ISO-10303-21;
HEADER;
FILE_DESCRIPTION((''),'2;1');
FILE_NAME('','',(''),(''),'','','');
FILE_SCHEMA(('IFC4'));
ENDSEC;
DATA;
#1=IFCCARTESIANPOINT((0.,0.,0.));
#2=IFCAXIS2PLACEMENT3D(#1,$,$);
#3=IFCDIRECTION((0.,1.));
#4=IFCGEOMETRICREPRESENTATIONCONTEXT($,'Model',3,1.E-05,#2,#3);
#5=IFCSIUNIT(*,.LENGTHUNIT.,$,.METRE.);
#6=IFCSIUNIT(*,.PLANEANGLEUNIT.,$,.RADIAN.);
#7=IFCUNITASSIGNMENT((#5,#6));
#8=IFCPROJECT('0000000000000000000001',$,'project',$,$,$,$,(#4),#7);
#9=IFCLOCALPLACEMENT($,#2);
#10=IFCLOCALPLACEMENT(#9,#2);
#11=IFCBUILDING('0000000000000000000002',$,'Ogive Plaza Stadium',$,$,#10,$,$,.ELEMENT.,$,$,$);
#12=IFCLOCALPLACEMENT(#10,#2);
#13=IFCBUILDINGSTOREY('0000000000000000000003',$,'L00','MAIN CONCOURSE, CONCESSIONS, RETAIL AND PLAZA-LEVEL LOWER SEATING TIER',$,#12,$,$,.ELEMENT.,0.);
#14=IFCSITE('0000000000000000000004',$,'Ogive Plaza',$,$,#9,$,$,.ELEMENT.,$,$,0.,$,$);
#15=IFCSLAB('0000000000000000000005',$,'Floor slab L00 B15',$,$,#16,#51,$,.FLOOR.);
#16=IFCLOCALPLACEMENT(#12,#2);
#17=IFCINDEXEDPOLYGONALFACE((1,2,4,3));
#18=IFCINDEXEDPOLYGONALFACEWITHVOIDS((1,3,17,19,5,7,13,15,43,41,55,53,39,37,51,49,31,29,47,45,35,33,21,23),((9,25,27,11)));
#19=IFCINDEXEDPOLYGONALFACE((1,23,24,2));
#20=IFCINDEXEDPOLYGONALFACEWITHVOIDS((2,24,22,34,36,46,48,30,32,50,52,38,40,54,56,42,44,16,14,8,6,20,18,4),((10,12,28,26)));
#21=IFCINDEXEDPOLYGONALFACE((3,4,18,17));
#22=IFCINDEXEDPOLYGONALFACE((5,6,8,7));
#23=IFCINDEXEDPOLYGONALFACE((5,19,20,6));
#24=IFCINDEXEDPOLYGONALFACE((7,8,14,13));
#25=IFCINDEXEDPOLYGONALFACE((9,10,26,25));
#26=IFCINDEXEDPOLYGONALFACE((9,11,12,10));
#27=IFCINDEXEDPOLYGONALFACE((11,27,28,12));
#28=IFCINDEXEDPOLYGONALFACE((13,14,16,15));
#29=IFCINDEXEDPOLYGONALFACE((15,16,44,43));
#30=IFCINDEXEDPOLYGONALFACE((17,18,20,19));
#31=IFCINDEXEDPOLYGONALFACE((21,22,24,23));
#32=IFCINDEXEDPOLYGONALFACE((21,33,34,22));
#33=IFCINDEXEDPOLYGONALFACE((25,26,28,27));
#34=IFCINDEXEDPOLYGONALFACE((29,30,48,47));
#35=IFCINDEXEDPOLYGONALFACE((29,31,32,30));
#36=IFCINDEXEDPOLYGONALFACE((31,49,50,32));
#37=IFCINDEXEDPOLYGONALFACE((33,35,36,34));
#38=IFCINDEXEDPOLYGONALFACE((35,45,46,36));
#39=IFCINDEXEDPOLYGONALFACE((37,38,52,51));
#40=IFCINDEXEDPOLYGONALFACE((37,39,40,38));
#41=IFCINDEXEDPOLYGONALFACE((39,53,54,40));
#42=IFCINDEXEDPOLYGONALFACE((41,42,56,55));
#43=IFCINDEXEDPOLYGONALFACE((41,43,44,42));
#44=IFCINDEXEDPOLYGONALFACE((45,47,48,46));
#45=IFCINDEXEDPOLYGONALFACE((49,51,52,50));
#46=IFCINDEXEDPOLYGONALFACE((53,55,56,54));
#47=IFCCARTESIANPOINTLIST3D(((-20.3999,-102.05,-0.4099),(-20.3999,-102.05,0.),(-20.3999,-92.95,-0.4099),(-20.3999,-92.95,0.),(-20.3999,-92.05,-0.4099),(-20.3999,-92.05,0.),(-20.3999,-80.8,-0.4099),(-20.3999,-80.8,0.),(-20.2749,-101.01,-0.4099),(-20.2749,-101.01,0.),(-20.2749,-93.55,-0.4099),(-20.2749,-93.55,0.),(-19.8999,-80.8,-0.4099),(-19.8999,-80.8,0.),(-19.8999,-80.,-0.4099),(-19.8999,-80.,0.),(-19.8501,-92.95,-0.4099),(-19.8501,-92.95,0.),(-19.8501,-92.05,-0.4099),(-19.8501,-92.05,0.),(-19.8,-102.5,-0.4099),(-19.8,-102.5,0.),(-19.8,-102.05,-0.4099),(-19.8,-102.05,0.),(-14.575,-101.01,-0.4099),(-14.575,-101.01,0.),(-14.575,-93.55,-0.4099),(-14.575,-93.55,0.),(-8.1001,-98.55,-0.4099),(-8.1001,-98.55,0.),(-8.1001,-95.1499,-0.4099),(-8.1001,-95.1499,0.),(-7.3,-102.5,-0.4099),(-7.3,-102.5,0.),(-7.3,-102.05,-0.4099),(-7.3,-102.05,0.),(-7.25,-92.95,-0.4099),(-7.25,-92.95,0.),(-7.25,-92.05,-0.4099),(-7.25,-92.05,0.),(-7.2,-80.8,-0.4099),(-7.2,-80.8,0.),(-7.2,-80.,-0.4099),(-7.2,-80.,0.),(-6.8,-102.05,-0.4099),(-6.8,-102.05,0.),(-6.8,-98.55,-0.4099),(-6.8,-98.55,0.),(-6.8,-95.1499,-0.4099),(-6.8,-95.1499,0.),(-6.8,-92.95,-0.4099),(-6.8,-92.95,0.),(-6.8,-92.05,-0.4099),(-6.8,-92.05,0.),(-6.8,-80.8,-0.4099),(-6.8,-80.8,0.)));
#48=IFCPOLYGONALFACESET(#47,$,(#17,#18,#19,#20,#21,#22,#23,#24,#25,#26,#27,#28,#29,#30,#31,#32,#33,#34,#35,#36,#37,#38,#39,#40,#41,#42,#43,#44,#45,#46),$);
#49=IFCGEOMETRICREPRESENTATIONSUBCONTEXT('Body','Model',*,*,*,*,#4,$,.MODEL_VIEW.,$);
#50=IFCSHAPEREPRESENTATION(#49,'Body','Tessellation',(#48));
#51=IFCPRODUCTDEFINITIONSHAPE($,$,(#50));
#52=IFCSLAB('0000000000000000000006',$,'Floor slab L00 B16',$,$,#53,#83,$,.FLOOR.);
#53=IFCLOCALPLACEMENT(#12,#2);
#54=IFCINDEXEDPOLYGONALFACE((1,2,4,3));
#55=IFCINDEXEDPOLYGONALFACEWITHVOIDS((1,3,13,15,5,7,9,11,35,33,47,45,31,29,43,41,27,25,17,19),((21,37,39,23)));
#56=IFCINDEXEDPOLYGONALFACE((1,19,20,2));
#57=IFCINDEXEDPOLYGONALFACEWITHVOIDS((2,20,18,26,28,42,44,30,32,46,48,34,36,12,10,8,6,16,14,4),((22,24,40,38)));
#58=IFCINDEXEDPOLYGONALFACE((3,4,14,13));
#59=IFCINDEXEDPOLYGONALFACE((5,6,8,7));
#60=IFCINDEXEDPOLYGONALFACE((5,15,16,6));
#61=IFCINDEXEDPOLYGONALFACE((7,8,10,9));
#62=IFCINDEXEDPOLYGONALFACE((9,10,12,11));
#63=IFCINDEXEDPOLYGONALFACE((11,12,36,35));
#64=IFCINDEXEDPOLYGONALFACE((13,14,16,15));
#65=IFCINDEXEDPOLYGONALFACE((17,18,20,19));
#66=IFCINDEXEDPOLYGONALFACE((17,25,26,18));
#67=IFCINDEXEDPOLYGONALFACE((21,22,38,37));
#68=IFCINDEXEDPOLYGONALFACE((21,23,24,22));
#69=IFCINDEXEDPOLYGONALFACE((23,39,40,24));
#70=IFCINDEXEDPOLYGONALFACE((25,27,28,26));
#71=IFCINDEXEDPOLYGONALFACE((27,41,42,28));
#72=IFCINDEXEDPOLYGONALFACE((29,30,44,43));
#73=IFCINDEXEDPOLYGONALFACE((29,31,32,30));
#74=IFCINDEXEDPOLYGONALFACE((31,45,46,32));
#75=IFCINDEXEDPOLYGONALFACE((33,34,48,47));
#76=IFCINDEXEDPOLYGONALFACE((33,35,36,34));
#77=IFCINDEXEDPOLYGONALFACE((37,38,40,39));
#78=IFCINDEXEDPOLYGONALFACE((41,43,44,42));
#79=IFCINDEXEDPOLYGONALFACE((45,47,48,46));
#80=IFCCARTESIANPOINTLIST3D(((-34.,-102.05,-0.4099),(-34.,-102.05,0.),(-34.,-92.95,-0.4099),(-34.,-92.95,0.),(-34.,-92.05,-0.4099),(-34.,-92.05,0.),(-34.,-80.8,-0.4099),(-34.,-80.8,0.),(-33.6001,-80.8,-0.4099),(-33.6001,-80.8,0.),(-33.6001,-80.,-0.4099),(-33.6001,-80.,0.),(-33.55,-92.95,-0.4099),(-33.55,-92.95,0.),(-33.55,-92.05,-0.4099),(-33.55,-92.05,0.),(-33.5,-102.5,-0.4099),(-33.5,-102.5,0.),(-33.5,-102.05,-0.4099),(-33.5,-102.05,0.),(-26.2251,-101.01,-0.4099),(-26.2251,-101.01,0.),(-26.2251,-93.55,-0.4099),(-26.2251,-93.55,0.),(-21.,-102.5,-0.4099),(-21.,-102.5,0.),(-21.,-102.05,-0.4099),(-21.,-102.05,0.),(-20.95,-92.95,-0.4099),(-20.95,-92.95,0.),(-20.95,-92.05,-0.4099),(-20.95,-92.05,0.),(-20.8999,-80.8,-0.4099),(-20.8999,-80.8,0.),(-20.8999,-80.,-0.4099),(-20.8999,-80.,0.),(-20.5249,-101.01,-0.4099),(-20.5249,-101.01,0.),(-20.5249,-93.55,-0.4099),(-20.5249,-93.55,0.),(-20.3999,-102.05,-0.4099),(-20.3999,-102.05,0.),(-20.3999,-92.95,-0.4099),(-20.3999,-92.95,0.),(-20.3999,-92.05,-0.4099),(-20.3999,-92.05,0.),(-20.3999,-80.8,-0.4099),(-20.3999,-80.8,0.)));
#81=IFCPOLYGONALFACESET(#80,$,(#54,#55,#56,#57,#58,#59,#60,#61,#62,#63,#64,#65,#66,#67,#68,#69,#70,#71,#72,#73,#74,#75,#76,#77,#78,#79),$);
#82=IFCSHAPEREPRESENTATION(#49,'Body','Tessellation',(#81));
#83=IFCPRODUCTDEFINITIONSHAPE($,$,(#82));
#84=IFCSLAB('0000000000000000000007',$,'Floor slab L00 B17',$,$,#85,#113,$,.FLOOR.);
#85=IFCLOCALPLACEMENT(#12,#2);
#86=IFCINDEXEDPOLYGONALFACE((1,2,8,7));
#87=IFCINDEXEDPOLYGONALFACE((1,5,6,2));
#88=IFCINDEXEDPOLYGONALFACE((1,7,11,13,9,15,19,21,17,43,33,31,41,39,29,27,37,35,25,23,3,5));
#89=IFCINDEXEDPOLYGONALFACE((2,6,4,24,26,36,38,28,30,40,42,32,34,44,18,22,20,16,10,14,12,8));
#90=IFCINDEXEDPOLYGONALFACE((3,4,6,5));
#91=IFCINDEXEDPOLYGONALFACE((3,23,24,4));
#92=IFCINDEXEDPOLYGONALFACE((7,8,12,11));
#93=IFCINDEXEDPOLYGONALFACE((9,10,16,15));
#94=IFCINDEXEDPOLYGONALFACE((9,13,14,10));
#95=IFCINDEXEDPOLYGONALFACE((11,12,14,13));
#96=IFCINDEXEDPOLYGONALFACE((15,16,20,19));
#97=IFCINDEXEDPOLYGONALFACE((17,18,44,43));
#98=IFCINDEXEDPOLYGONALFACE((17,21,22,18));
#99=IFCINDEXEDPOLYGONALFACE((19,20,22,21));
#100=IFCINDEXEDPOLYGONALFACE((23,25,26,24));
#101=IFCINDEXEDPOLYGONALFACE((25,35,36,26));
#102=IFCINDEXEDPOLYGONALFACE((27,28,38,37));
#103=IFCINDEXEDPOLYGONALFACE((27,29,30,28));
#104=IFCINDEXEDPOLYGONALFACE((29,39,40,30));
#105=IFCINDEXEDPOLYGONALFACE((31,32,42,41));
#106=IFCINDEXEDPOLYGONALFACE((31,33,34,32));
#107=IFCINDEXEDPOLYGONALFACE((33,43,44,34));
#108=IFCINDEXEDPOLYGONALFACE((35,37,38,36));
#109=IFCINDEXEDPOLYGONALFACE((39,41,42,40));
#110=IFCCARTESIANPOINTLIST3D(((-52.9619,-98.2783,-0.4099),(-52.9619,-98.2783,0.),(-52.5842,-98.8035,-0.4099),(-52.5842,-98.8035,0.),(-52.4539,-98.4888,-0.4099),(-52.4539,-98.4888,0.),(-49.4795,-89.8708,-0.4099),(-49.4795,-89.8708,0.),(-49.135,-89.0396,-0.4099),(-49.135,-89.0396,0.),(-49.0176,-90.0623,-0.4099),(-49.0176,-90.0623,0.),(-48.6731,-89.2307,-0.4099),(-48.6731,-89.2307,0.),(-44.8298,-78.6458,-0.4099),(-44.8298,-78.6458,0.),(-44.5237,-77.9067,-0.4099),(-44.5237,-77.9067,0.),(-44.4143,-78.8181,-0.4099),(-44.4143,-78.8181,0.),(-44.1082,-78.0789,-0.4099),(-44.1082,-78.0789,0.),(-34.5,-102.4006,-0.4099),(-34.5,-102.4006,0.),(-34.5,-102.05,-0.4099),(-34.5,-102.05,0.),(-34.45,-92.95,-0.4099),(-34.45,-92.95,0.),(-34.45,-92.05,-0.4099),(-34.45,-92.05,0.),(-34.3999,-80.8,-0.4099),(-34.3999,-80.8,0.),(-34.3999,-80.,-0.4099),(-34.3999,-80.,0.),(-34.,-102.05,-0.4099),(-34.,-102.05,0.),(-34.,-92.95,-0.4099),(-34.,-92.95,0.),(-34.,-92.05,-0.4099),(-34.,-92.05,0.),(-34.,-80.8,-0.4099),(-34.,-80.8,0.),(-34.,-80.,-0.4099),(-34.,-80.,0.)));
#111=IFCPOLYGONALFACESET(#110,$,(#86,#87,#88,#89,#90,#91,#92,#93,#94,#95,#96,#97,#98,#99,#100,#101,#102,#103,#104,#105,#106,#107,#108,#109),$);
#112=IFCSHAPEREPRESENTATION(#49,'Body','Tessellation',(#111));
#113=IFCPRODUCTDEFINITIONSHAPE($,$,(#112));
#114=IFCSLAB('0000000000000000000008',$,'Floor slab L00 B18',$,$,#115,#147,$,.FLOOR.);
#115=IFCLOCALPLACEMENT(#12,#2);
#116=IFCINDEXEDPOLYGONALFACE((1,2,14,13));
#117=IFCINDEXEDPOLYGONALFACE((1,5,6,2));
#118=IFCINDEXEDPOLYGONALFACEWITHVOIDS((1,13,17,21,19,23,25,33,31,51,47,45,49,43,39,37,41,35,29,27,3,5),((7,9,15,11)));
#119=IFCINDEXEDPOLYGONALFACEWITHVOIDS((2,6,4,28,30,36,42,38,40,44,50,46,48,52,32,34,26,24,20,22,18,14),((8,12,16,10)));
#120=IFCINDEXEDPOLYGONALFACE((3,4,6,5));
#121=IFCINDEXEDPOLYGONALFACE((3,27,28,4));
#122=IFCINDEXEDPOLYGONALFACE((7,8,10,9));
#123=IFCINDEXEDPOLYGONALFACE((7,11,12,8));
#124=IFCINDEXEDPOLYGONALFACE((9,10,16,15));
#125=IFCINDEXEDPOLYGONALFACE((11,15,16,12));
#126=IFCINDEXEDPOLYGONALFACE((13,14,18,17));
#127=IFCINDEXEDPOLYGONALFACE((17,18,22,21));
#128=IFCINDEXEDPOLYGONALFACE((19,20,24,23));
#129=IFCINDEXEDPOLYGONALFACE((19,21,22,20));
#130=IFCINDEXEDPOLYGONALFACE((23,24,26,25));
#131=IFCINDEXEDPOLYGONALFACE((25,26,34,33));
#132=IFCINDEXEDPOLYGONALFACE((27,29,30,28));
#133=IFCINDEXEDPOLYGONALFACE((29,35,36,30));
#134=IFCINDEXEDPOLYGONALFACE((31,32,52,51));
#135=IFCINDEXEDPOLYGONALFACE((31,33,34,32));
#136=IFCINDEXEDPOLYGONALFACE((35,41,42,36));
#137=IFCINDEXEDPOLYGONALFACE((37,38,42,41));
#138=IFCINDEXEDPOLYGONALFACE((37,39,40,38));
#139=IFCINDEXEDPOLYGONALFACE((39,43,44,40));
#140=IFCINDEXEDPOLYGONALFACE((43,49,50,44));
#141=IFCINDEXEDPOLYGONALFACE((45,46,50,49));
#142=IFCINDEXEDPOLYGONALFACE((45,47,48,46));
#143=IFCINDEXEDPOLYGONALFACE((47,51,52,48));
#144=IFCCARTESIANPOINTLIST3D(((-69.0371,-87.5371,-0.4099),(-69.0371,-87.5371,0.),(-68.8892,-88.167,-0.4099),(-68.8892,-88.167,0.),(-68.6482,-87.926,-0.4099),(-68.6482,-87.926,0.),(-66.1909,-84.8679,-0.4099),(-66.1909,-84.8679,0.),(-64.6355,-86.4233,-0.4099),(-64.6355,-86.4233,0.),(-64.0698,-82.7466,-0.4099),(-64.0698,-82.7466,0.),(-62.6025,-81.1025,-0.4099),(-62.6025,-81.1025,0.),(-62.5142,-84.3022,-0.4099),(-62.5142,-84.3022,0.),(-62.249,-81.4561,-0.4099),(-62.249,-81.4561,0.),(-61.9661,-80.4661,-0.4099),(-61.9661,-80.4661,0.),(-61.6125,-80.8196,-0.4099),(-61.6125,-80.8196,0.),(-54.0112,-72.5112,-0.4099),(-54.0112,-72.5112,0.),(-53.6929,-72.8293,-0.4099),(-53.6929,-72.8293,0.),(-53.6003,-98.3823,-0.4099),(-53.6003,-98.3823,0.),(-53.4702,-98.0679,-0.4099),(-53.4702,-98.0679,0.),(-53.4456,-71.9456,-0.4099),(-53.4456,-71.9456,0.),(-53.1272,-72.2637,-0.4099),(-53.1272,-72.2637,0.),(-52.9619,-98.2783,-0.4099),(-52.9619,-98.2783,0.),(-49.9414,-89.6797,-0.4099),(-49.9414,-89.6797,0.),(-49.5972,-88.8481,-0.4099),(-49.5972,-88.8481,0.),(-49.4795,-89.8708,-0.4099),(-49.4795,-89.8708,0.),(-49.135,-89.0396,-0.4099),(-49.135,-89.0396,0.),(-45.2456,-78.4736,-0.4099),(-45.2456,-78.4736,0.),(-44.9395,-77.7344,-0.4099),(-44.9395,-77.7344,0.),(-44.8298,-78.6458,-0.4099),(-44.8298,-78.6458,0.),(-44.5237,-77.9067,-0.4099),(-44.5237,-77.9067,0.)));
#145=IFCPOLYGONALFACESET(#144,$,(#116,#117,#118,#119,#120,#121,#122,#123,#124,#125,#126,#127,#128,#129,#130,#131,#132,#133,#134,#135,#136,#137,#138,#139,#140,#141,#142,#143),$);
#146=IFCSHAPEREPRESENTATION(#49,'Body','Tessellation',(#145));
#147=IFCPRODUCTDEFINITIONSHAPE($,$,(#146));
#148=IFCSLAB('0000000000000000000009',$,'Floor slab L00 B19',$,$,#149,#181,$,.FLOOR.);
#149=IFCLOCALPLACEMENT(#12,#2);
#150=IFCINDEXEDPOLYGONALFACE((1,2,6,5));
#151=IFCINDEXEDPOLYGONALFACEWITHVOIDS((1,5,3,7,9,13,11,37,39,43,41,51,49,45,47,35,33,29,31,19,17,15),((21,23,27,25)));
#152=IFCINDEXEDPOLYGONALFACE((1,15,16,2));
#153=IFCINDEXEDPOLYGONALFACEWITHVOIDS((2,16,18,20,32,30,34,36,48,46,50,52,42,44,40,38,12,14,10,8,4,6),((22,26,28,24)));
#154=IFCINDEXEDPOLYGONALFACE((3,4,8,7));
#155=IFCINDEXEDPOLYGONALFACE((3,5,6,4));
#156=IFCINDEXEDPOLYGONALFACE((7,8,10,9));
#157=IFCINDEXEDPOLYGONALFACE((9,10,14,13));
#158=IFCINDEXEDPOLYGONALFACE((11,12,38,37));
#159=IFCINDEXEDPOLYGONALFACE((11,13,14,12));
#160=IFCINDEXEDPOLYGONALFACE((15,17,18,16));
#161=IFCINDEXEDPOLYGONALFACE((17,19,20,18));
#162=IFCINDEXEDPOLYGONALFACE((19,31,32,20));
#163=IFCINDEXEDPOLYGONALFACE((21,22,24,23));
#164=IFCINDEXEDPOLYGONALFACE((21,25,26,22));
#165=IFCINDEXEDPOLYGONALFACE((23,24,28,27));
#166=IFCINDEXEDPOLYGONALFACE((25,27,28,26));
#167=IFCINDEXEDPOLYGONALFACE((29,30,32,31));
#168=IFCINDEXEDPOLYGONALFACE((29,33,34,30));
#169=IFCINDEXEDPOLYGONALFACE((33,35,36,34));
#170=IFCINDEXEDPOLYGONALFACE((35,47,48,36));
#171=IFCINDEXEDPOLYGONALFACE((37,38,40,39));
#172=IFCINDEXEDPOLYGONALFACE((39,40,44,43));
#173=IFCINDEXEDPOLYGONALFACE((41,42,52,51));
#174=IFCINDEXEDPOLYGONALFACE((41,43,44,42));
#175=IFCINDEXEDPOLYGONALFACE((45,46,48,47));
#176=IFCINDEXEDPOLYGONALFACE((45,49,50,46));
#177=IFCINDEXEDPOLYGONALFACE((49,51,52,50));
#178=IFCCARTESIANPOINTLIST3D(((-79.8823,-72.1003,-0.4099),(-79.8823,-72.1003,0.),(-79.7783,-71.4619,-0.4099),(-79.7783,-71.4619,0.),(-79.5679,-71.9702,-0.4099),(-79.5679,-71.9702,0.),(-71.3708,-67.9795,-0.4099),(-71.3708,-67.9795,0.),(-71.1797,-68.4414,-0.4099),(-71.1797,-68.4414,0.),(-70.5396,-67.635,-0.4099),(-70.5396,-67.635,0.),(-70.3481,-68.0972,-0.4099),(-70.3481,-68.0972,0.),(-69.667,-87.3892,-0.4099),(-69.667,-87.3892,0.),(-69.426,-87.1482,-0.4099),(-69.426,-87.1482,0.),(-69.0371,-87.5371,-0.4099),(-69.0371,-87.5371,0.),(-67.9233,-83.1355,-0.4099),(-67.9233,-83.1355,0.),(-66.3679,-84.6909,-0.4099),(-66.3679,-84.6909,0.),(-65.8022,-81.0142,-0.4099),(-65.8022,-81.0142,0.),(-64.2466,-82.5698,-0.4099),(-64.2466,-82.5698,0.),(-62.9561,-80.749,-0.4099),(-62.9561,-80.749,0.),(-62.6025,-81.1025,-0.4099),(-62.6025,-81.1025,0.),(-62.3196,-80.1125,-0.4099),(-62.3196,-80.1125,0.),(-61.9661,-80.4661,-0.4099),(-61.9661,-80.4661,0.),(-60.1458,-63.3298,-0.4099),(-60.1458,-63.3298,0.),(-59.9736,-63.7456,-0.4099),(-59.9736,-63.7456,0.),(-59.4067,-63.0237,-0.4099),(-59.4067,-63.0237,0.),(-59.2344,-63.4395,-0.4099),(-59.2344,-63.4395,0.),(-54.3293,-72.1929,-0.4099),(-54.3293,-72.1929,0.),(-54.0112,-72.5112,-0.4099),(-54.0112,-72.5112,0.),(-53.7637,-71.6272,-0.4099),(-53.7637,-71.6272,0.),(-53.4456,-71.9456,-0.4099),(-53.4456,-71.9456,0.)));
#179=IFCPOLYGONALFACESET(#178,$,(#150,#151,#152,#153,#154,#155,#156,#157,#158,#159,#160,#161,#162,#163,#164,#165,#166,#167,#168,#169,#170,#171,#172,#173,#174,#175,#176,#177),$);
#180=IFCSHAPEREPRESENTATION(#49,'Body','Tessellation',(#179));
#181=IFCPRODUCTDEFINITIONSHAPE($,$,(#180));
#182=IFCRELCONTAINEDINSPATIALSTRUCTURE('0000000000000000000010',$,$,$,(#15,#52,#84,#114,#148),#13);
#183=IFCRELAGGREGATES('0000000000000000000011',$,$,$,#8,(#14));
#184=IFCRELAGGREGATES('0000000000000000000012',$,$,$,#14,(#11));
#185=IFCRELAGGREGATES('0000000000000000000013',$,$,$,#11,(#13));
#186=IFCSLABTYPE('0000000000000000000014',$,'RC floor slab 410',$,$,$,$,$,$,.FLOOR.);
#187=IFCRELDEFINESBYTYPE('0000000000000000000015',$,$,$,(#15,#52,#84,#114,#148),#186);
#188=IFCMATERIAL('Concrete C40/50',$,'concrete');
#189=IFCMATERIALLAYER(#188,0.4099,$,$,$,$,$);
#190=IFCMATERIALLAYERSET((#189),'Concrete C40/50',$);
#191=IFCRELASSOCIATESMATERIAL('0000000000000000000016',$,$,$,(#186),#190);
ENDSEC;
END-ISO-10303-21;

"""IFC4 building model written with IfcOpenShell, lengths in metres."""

from ifc_helpers import new_model, si_unit, direction, frame, origin, place, context, subcontext, project, spatial, polyline, outline, extrude, material, layer, layer_set, type_object, element, save


model = new_model("IFC4")

# Units and contexts
model_context = context("Model", 3, precision=1e-05, world=origin(), true_north=direction((0.0, 1.0)))
body_context = subcontext(model_context, "Body", "Model", "MODEL_VIEW")
ifc_project = project(units=[si_unit("LENGTHUNIT", "METRE"), si_unit("PLANEANGLEUNIT", "RADIAN")], contexts=[model_context])

# Site, building, storey
site_placement = place(None, origin())
site = spatial("IfcSite", under=ifc_project, at=site_placement, Name="Ogive Plaza", CompositionType="ELEMENT", RefElevation=0.0)
building_placement = place(site_placement, origin())
building = spatial("IfcBuilding", under=site, at=building_placement, Name="Ogive Plaza Stadium", CompositionType="ELEMENT")
storey_placement = place(building_placement, origin())
storey = spatial("IfcBuildingStorey", under=building, at=storey_placement, Name="L00", Description="MAIN CONCOURSE, CONCESSIONS, RETAIL AND PLAZA-LEVEL LOWER SEATING TIER", CompositionType="ELEMENT", Elevation=0.0)

# Slabs
ifc_material = material(Name="Concrete C40/50", Category="concrete")
ifc_layer = layer(ifc_material, 0.4099)
ifc_layer_set = layer_set([ifc_layer], Name="Concrete C40/50")
slab_type = type_object("IfcSlabType", Name="RC floor slab 410", PredefinedType="FLOOR", material=ifc_layer_set)
slab_1_placement = place(storey_placement, frame((0.0, 0.0, -0.4099)))
element("IfcSlab", 1, at=slab_1_placement, inside=storey, type_object=slab_type, Name="Floor slab L00 B15", PredefinedType="FLOOR", context=body_context, shape_type="SweptSolid", body=[
    extrude(outline(polyline([(-20.3999, -92.05), (-19.8501, -92.05), (-19.8501, -92.95), (-20.3999, -92.95), (-20.3999, -102.05), (-19.8, -102.05), (-19.8, -102.5), (-7.3, -102.5), (-7.3, -102.05), (-6.8, -102.05), (-6.8, -98.55), (-8.1001, -98.55), (-8.1001, -95.1499), (-6.8, -95.1499), (-6.8, -92.95), (-7.25, -92.95), (-7.25, -92.05), (-6.8, -92.05), (-6.8, -80.8), (-7.2, -80.8), (-7.2, -80.0), (-19.8999, -80.0), (-19.8999, -80.8), (-20.3999, -80.8), (-20.3999, -92.05)]), holes=[polyline([(-20.2749, -93.55), (-20.2749, -101.01), (-14.575, -101.01), (-14.575, -93.55), (-20.2749, -93.55)])]), origin(), (0.0, 0.0, 1.0), 0.4099),
])
slab_2_placement = place(storey_placement, frame((0.0, 0.0, -0.4099)))
element("IfcSlab", 2, at=slab_2_placement, inside=storey, type_object=slab_type, Name="Floor slab L00 B16", PredefinedType="FLOOR", context=body_context, shape_type="SweptSolid", body=[
    extrude(outline(polyline([(-34.0, -92.05), (-33.55, -92.05), (-33.55, -92.95), (-34.0, -92.95), (-34.0, -102.05), (-33.5, -102.05), (-33.5, -102.5), (-21.0, -102.5), (-21.0, -102.05), (-20.3999, -102.05), (-20.3999, -92.95), (-20.95, -92.95), (-20.95, -92.05), (-20.3999, -92.05), (-20.3999, -80.8), (-20.8999, -80.8), (-20.8999, -80.0), (-33.6001, -80.0), (-33.6001, -80.8), (-34.0, -80.8), (-34.0, -92.05)]), holes=[polyline([(-26.2251, -93.55), (-26.2251, -101.01), (-20.5249, -101.01), (-20.5249, -93.55), (-26.2251, -93.55)])]), origin(), (0.0, 0.0, 1.0), 0.4099),
])
slab_3_placement = place(storey_placement, frame((0.0, 0.0, -0.4099)))
element("IfcSlab", 3, at=slab_3_placement, inside=storey, type_object=slab_type, Name="Floor slab L00 B17", PredefinedType="FLOOR", context=body_context, shape_type="SweptSolid", body=[
    extrude(outline(polyline([(-49.135, -89.0396), (-48.6731, -89.2307), (-49.0176, -90.0623), (-49.4795, -89.8708), (-52.9619, -98.2783), (-52.4539, -98.4888), (-52.5842, -98.8035), (-34.5, -102.4006), (-34.5, -102.05), (-34.0, -102.05), (-34.0, -92.95), (-34.45, -92.95), (-34.45, -92.05), (-34.0, -92.05), (-34.0, -80.8), (-34.3999, -80.8), (-34.3999, -80.0), (-34.0, -80.0), (-44.5237, -77.9067), (-44.1082, -78.0789), (-44.4143, -78.8181), (-44.8298, -78.6458), (-49.135, -89.0396)])), origin(), (0.0, 0.0, 1.0), 0.4099),
])
slab_4_placement = place(storey_placement, frame((0.0, 0.0, -0.4099)))
element("IfcSlab", 4, at=slab_4_placement, inside=storey, type_object=slab_type, Name="Floor slab L00 B18", PredefinedType="FLOOR", context=body_context, shape_type="SweptSolid", body=[
    extrude(outline(polyline([(-61.9661, -80.4661), (-61.6125, -80.8196), (-62.249, -81.4561), (-62.6025, -81.1025), (-69.0371, -87.5371), (-68.6482, -87.926), (-68.8892, -88.167), (-53.6003, -98.3823), (-53.4702, -98.0679), (-52.9619, -98.2783), (-49.4795, -89.8708), (-49.9414, -89.6797), (-49.5972, -88.8481), (-49.135, -89.0396), (-44.8298, -78.6458), (-45.2456, -78.4736), (-44.9395, -77.7344), (-44.5237, -77.9067), (-53.4456, -71.9456), (-53.1272, -72.2637), (-53.6929, -72.8293), (-54.0112, -72.5112), (-61.9661, -80.4661)]), holes=[polyline([(-64.0698, -82.7466), (-66.1909, -84.8679), (-64.6355, -86.4233), (-62.5142, -84.3022), (-64.0698, -82.7466)])]), origin(), (0.0, 0.0, 1.0), 0.4099),
])
slab_5_placement = place(storey_placement, frame((0.0, 0.0, -0.4099)))
element("IfcSlab", 5, at=slab_5_placement, inside=storey, type_object=slab_type, Name="Floor slab L00 B19", PredefinedType="FLOOR", context=body_context, shape_type="SweptSolid", body=[
    extrude(outline(polyline([(-70.5396, -67.635), (-70.3481, -68.0972), (-71.1797, -68.4414), (-71.3708, -67.9795), (-79.7783, -71.4619), (-79.5679, -71.9702), (-79.8823, -72.1003), (-69.667, -87.3892), (-69.426, -87.1482), (-69.0371, -87.5371), (-62.6025, -81.1025), (-62.9561, -80.749), (-62.3196, -80.1125), (-61.9661, -80.4661), (-54.0112, -72.5112), (-54.3293, -72.1929), (-53.7637, -71.6272), (-53.4456, -71.9456), (-59.4067, -63.0237), (-59.2344, -63.4395), (-59.9736, -63.7456), (-60.1458, -63.3298), (-70.5396, -67.635)]), holes=[polyline([(-65.8022, -81.0142), (-67.9233, -83.1355), (-66.3679, -84.6909), (-64.2466, -82.5698), (-65.8022, -81.0142)])]), origin(), (0.0, 0.0, 1.0), 0.4099),
])

save(model, "model.ifc")
